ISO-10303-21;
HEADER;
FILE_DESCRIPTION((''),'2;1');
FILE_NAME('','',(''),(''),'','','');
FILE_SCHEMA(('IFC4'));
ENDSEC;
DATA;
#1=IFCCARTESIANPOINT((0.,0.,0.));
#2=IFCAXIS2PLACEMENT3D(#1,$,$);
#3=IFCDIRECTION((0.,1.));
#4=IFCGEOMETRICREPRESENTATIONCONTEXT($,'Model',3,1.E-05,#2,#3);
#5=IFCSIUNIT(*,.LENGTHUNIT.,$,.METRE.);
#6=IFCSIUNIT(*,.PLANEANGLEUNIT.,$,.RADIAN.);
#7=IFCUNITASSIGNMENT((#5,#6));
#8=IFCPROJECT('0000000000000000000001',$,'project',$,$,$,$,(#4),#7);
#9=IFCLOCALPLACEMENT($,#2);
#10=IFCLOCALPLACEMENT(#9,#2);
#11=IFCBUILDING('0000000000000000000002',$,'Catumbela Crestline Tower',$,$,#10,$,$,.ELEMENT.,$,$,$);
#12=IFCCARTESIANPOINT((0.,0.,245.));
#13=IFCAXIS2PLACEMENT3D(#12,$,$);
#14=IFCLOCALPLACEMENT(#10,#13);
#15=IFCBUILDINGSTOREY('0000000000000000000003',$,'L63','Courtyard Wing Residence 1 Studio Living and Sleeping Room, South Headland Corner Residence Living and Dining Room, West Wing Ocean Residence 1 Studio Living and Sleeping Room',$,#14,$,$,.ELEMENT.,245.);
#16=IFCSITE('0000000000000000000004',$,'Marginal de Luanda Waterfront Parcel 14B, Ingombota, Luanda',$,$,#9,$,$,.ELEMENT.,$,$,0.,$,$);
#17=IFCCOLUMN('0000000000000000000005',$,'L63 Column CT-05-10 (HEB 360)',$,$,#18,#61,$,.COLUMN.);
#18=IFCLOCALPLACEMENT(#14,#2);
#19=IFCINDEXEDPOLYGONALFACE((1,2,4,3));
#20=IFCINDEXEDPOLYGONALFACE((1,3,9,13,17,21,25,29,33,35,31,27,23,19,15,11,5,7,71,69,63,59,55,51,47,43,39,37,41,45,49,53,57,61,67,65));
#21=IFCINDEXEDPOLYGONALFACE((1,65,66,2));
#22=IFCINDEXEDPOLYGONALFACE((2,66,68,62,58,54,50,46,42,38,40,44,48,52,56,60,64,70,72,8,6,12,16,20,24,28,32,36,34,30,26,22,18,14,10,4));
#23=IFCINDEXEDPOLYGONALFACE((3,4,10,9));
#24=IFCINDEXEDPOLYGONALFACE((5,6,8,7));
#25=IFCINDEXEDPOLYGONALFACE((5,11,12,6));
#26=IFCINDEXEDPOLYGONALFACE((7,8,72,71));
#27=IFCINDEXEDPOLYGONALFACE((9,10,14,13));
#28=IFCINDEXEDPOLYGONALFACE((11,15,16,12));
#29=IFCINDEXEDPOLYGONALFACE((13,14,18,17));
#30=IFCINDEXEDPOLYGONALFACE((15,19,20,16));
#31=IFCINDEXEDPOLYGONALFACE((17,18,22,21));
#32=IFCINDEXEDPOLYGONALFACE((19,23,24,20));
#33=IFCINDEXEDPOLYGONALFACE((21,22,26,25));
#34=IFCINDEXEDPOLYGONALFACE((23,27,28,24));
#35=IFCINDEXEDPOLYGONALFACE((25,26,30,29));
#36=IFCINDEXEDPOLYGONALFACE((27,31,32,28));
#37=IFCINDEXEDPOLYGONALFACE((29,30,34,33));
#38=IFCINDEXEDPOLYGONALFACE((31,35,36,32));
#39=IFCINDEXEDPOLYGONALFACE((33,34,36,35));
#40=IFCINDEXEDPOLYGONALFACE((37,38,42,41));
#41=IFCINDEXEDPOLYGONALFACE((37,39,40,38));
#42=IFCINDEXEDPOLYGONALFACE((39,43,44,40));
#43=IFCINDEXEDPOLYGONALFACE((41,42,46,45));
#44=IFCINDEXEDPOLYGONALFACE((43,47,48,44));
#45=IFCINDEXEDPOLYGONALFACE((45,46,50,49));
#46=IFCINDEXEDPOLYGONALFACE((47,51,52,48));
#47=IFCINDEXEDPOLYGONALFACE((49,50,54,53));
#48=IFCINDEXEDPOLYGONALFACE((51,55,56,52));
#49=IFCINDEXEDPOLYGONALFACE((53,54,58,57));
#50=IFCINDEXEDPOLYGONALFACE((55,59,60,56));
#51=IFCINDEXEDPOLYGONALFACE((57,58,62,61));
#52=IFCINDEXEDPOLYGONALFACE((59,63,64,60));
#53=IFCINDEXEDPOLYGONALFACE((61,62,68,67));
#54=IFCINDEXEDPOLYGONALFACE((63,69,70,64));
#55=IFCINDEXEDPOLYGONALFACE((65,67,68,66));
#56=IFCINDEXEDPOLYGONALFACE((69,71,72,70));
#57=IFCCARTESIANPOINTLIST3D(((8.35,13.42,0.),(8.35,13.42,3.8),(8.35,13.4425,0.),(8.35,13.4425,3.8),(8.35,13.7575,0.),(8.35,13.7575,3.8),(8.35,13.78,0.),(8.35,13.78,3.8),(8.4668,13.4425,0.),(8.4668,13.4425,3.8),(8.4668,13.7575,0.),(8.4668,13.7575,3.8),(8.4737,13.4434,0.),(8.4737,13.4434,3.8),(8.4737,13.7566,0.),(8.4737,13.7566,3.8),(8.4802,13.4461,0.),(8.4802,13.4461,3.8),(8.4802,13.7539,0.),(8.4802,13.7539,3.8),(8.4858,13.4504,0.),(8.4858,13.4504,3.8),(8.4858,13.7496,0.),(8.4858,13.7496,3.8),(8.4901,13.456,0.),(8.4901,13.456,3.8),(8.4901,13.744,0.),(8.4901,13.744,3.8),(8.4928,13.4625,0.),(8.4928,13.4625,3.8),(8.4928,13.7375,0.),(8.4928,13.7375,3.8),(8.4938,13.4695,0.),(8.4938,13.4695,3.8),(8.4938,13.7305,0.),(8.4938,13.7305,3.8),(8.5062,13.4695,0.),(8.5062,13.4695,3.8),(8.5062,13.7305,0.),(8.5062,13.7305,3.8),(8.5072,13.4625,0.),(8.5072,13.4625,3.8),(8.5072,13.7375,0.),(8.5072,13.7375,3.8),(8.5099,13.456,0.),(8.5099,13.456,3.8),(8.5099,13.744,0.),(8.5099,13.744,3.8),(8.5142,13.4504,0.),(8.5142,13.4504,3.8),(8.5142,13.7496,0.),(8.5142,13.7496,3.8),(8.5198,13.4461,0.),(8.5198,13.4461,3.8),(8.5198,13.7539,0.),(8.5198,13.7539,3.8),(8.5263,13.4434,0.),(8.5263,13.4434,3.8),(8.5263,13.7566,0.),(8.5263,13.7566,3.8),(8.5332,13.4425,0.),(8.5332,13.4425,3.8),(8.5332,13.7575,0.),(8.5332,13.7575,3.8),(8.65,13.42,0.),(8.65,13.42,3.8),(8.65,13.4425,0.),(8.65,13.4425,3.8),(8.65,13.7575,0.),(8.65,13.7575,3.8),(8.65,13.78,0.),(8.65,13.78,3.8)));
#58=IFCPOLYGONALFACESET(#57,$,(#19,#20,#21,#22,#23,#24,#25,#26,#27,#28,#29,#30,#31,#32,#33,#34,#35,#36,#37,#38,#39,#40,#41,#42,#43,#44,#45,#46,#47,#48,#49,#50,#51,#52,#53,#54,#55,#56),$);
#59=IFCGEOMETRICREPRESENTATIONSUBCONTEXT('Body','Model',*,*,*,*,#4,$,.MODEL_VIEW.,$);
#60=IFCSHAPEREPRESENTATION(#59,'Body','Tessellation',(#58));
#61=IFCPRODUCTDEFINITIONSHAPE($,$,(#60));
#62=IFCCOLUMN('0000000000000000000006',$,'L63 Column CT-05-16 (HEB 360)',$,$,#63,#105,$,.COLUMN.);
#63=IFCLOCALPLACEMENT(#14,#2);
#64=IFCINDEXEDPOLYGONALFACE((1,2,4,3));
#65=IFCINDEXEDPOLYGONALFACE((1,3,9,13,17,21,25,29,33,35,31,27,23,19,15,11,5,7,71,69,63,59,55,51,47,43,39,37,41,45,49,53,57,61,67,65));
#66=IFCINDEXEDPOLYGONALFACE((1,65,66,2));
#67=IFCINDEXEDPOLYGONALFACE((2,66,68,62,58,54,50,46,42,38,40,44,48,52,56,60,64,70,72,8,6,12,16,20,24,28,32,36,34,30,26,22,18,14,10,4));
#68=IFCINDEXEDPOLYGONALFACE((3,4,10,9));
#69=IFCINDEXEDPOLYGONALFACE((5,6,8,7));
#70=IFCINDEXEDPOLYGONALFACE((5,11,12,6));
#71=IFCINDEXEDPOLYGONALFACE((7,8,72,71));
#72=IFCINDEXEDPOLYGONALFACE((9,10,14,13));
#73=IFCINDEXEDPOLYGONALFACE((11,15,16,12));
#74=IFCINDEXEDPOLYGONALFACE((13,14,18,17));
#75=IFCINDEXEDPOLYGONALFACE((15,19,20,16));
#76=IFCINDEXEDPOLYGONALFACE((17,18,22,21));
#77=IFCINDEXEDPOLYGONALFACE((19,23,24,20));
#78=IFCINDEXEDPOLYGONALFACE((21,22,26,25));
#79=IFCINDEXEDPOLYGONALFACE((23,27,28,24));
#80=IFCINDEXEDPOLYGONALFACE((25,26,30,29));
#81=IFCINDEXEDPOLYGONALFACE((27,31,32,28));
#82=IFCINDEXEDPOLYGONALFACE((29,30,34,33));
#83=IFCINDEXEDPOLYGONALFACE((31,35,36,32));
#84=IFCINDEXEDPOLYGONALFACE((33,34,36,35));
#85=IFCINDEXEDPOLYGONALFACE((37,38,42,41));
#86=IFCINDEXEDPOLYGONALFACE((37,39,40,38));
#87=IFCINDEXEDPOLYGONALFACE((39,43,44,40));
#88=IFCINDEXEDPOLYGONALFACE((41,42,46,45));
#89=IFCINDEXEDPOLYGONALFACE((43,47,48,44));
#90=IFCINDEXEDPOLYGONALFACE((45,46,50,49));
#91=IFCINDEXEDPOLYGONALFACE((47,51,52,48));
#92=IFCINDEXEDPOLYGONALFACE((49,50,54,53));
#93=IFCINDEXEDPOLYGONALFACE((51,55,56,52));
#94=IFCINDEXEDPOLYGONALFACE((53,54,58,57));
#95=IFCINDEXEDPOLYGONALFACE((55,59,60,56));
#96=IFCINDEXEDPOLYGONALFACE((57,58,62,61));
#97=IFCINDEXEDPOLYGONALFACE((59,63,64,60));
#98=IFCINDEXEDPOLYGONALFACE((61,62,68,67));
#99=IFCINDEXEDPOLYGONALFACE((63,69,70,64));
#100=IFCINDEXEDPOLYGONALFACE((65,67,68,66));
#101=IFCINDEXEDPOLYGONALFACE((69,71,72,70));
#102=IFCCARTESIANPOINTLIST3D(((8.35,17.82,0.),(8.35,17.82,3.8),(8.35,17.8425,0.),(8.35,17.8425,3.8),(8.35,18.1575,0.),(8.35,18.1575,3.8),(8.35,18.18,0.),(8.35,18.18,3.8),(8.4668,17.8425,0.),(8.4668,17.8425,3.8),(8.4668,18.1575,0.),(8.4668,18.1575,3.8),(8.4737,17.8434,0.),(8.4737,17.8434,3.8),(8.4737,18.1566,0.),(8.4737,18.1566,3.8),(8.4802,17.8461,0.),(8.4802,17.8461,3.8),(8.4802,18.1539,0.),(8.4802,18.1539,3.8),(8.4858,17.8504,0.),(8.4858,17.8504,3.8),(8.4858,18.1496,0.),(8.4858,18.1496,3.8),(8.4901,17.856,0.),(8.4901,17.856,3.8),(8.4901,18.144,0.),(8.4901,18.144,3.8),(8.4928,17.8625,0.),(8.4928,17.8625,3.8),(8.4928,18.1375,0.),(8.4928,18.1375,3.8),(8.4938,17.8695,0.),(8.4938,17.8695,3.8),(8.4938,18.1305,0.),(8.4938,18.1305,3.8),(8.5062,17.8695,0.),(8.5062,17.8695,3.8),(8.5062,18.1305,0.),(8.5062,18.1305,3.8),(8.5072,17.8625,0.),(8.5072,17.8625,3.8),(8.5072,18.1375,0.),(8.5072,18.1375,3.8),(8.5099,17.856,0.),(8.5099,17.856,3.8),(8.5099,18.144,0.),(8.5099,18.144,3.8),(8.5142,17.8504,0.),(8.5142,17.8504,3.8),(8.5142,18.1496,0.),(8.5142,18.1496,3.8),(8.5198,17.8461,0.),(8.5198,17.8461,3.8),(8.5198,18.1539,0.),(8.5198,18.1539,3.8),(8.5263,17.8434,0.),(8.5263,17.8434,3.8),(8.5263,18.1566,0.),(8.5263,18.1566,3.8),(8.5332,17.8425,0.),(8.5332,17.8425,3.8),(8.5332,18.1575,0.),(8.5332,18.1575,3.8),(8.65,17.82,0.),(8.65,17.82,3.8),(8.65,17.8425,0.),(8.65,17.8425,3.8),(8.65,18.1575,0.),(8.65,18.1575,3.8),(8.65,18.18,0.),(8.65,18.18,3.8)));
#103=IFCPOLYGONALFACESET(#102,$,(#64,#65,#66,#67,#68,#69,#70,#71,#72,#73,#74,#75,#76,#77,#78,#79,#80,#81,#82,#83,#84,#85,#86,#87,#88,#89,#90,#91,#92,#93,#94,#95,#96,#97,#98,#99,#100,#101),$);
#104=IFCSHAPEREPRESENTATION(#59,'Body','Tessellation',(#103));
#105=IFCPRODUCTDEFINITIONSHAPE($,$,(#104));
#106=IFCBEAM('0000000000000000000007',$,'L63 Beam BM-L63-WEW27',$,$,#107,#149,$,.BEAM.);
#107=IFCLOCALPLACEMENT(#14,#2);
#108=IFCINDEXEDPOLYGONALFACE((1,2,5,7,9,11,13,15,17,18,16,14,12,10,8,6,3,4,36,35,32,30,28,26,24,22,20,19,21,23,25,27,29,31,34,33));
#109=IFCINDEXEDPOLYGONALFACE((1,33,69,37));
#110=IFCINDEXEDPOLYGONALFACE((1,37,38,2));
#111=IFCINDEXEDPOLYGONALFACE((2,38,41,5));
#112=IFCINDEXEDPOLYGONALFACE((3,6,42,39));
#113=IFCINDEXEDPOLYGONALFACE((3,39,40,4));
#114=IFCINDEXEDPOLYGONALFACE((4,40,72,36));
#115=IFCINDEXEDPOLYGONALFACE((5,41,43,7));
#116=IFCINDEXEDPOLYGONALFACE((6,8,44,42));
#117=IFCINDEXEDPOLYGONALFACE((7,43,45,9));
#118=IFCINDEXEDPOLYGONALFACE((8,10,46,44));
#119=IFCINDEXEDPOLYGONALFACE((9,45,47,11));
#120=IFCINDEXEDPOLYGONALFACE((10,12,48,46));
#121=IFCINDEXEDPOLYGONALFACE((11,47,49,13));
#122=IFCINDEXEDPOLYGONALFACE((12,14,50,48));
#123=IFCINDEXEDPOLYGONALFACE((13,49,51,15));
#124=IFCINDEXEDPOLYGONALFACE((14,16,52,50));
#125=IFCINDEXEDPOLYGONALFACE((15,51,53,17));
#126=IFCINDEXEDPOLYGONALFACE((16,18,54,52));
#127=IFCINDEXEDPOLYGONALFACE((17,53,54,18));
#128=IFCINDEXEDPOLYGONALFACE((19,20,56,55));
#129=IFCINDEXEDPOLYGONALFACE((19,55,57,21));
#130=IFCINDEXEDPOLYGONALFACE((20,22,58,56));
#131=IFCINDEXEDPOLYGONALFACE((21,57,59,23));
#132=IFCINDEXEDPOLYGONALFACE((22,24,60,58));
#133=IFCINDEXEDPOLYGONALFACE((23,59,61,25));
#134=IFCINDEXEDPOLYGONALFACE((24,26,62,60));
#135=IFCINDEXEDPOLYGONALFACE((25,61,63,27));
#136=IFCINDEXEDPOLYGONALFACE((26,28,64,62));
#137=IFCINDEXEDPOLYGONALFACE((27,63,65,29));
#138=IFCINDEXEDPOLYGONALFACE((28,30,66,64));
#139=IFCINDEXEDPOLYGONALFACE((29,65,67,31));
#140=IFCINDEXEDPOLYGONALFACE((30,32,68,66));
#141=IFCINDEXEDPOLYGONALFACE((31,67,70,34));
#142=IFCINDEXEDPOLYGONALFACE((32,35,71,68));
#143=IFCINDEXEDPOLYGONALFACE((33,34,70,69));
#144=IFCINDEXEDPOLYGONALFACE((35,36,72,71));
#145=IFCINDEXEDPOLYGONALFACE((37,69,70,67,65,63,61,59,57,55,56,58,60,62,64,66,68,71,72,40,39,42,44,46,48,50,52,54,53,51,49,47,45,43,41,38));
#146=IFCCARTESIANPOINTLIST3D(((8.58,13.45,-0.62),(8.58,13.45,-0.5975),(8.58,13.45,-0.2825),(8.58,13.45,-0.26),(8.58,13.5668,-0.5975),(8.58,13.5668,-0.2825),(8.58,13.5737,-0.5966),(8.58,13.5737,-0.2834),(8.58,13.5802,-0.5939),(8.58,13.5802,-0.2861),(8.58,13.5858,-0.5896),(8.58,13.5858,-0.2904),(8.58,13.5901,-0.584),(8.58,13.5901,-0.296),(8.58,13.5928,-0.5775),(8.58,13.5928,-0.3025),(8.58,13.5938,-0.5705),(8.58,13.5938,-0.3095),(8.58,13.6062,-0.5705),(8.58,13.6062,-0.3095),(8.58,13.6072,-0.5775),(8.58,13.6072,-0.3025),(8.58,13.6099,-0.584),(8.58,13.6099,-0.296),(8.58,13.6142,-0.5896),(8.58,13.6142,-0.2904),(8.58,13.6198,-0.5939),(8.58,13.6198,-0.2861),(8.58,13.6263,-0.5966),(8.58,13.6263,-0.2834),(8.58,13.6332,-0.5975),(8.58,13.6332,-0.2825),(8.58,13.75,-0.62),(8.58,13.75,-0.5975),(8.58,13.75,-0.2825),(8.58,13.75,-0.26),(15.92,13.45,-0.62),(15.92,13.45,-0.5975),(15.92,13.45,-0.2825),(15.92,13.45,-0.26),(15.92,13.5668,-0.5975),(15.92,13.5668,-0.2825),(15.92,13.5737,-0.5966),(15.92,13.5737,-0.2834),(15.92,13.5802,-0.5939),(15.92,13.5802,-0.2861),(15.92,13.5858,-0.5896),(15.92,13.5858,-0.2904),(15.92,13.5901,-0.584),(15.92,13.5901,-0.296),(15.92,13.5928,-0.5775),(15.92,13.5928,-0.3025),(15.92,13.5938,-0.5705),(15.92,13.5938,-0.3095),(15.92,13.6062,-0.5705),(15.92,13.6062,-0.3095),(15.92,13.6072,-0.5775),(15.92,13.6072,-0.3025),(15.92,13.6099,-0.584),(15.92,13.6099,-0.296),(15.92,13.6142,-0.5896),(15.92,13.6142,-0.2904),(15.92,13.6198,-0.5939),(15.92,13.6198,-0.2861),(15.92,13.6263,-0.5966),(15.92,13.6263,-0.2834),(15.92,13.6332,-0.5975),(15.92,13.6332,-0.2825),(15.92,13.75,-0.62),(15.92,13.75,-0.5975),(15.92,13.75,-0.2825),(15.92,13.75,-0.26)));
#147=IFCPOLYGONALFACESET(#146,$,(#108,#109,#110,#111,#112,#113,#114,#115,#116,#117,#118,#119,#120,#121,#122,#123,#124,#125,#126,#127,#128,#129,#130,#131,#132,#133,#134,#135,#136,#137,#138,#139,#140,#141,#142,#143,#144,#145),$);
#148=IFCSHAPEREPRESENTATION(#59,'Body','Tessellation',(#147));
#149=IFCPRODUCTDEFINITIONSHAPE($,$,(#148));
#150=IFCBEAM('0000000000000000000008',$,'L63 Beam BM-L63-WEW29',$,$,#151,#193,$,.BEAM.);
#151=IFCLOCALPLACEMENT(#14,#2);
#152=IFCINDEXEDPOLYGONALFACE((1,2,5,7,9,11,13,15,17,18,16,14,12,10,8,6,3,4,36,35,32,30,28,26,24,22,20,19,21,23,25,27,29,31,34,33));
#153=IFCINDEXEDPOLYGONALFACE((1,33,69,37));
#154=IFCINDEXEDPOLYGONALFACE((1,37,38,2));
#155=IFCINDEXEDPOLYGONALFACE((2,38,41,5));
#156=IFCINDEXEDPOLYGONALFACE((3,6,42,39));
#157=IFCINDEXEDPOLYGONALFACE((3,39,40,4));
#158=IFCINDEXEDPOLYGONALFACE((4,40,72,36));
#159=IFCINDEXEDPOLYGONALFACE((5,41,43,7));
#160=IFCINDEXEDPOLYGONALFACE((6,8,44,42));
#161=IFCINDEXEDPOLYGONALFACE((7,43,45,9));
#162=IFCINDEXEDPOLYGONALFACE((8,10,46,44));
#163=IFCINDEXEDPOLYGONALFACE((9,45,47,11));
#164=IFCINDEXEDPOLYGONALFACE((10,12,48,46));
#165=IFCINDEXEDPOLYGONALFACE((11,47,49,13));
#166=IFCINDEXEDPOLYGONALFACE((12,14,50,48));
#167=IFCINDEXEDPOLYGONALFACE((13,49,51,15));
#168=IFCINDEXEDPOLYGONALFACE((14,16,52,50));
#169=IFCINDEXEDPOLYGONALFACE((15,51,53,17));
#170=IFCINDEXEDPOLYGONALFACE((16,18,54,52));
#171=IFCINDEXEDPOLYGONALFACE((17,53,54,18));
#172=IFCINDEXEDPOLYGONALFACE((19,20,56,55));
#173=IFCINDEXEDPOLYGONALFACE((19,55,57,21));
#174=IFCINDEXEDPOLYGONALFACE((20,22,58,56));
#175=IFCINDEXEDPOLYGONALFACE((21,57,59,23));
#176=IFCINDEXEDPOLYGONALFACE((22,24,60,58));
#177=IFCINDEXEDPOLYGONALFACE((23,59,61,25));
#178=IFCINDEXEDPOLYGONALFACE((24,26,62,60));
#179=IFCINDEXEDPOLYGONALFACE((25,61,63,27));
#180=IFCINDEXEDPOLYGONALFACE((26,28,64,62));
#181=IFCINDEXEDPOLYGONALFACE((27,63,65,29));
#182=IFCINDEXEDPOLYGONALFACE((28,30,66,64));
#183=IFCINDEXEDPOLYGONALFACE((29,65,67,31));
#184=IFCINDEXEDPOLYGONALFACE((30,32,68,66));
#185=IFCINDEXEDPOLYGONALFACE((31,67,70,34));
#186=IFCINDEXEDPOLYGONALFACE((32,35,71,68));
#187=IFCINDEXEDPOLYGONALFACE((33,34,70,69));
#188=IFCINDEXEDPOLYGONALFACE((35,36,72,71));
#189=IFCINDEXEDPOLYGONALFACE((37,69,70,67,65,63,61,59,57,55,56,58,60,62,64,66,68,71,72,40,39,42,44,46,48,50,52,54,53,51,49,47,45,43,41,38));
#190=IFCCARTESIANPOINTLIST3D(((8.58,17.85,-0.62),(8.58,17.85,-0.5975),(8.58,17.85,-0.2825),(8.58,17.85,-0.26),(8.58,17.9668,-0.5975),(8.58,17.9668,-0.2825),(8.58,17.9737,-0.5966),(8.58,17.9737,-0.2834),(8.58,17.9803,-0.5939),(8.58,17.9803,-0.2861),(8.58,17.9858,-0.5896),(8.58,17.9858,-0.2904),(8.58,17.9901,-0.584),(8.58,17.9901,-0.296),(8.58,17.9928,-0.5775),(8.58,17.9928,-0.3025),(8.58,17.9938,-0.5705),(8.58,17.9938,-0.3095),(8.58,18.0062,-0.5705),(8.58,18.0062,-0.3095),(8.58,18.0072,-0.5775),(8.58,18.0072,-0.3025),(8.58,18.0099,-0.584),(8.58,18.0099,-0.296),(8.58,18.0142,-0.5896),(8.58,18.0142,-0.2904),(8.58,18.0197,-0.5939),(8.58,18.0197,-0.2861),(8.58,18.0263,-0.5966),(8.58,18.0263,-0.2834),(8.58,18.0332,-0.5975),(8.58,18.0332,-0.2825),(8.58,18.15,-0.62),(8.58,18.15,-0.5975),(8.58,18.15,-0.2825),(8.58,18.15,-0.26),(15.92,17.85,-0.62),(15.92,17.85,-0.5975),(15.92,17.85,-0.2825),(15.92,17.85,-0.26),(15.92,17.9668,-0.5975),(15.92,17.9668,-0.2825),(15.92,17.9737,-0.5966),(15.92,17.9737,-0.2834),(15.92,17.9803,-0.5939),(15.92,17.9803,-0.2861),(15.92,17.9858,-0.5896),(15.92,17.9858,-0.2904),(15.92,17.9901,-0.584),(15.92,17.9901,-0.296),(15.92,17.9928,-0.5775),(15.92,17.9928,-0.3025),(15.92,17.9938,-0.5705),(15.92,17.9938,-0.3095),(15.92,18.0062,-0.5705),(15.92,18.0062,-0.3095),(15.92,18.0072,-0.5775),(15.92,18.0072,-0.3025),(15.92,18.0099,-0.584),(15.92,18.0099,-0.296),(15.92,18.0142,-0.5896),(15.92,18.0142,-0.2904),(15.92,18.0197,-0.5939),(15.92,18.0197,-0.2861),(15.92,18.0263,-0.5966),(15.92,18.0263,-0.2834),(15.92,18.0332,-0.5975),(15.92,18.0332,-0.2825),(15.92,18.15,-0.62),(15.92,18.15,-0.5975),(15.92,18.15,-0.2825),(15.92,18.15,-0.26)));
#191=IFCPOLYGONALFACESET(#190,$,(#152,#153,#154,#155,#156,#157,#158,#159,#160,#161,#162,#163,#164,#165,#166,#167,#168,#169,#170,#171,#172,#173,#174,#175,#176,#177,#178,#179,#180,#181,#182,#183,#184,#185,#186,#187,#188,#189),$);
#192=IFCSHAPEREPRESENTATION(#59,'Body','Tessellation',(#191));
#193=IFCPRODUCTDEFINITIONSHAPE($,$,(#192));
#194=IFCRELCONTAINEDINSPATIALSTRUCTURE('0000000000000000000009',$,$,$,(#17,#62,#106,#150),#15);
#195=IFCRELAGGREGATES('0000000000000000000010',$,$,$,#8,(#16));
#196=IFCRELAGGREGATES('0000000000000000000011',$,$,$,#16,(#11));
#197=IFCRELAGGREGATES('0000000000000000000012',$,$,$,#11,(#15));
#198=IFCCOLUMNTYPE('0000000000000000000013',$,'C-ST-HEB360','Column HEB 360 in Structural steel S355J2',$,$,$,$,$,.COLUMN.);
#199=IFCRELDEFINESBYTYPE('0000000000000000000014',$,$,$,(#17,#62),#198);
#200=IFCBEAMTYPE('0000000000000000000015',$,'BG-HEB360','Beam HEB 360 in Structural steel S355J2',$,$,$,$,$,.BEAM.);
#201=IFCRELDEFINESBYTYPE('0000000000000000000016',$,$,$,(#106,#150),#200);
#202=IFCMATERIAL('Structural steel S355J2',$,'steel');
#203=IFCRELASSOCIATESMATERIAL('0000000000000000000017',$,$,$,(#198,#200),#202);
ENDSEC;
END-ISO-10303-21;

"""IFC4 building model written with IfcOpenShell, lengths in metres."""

from ifc_helpers import new_model, si_unit, direction, frame, origin, origin_2d, place, context, subcontext, project, spatial, i_section, extrude, material, material_profile, profile_set, type_object, element, save


model = new_model("IFC4")

# Units and contexts
model_context = context("Model", 3, precision=1e-05, world=origin(), true_north=direction((0.0, 1.0)))
body_context = subcontext(model_context, "Body", "Model", "MODEL_VIEW")
ifc_project = project(units=[si_unit("LENGTHUNIT", "METRE"), si_unit("PLANEANGLEUNIT", "RADIAN")], contexts=[model_context])

# Site, building, storey
site_placement = place(None, origin())
site = spatial("IfcSite", under=ifc_project, at=site_placement, Name="Marginal de Luanda Waterfront Parcel 14B, Ingombota, Luanda", CompositionType="ELEMENT", RefElevation=0.0)
building_placement = place(site_placement, origin())
building = spatial("IfcBuilding", under=site, at=building_placement, Name="Catumbela Crestline Tower", CompositionType="ELEMENT")
storey_placement = place(building_placement, frame((0.0, 0.0, 245.0)))
storey = spatial("IfcBuildingStorey", under=building, at=storey_placement, Name="L63", Description="Courtyard Wing Residence 1 Studio Living and Sleeping Room, South Headland Corner Residence Living and Dining Room, West Wing Ocean Residence 1 Studio Living and Sleeping Room", CompositionType="ELEMENT", Elevation=245.0)

# Columns
ifc_material_1 = material(Name="Structural steel S355J2", Category="steel")
ifc_material_profile_1 = material_profile(ifc_material_1, i_section(OverallWidth=0.3, OverallDepth=0.36, WebThickness=0.0125, FlangeThickness=0.0225, FilletRadius=0.027, at=origin_2d()), Name="HEB 360")
ifc_profile_set_1 = profile_set([ifc_material_profile_1], Name="Structural steel S355J2")
column_type = type_object("IfcColumnType", Name="C-ST-HEB360", Description="Column HEB 360 in Structural steel S355J2", PredefinedType="COLUMN", material=ifc_profile_set_1)
for number, where, z_axis, x_axis, name in (
    (1, (8.5, 13.6, 0.0), (0.0, 0.0, 1.0), (1.0, 0.0, 0.0), "L63 Column CT-05-10 (HEB 360)"),
    (2, (8.5, 18.0, 0.0), (0.0, 0.0, 1.0), (1.0, 0.0, 0.0), "L63 Column CT-05-16 (HEB 360)"),
):
    element("IfcColumn", number, at=place(storey_placement, frame(where, z_axis=z_axis, x_axis=x_axis)), inside=storey, type_object=column_type, Name=name, PredefinedType="COLUMN", context=body_context, shape_type="SweptSolid", body=[
        extrude(i_section(OverallWidth=0.3, OverallDepth=0.36, WebThickness=0.0125, FlangeThickness=0.0225, FilletRadius=0.027, at=origin_2d()), origin(), (0.0, 0.0, 1.0), 3.8),
    ])

# Beams
ifc_material_profile_2 = material_profile(ifc_material_1, i_section(OverallWidth=0.3, OverallDepth=0.36, WebThickness=0.0125, FlangeThickness=0.0225, FilletRadius=0.027, at=origin_2d()), Name="HEB 360")
ifc_profile_set_2 = profile_set([ifc_material_profile_2], Name="Structural steel S355J2")
beam_type = type_object("IfcBeamType", Name="BG-HEB360", Description="Beam HEB 360 in Structural steel S355J2", PredefinedType="BEAM", material=ifc_profile_set_2)
for number, where, z_axis, x_axis, name in (
    (3, (8.58, 13.6, -0.44), (1.0, 0.0, 0.0), (0.0, 1.0, 0.0), "L63 Beam BM-L63-WEW27"),
    (4, (8.58, 18.0, -0.44), (1.0, 0.0, 0.0), (0.0, 1.0, 0.0), "L63 Beam BM-L63-WEW29"),
):
    element("IfcBeam", number, at=place(storey_placement, frame(where, z_axis=z_axis, x_axis=x_axis)), inside=storey, type_object=beam_type, Name=name, PredefinedType="BEAM", context=body_context, shape_type="SweptSolid", body=[
        extrude(i_section(OverallWidth=0.3, OverallDepth=0.36, WebThickness=0.0125, FlangeThickness=0.0225, FilletRadius=0.027, at=origin_2d()), origin(), (0.0, 0.0, 1.0), 7.34),
    ])

save(model, "model.ifc")
